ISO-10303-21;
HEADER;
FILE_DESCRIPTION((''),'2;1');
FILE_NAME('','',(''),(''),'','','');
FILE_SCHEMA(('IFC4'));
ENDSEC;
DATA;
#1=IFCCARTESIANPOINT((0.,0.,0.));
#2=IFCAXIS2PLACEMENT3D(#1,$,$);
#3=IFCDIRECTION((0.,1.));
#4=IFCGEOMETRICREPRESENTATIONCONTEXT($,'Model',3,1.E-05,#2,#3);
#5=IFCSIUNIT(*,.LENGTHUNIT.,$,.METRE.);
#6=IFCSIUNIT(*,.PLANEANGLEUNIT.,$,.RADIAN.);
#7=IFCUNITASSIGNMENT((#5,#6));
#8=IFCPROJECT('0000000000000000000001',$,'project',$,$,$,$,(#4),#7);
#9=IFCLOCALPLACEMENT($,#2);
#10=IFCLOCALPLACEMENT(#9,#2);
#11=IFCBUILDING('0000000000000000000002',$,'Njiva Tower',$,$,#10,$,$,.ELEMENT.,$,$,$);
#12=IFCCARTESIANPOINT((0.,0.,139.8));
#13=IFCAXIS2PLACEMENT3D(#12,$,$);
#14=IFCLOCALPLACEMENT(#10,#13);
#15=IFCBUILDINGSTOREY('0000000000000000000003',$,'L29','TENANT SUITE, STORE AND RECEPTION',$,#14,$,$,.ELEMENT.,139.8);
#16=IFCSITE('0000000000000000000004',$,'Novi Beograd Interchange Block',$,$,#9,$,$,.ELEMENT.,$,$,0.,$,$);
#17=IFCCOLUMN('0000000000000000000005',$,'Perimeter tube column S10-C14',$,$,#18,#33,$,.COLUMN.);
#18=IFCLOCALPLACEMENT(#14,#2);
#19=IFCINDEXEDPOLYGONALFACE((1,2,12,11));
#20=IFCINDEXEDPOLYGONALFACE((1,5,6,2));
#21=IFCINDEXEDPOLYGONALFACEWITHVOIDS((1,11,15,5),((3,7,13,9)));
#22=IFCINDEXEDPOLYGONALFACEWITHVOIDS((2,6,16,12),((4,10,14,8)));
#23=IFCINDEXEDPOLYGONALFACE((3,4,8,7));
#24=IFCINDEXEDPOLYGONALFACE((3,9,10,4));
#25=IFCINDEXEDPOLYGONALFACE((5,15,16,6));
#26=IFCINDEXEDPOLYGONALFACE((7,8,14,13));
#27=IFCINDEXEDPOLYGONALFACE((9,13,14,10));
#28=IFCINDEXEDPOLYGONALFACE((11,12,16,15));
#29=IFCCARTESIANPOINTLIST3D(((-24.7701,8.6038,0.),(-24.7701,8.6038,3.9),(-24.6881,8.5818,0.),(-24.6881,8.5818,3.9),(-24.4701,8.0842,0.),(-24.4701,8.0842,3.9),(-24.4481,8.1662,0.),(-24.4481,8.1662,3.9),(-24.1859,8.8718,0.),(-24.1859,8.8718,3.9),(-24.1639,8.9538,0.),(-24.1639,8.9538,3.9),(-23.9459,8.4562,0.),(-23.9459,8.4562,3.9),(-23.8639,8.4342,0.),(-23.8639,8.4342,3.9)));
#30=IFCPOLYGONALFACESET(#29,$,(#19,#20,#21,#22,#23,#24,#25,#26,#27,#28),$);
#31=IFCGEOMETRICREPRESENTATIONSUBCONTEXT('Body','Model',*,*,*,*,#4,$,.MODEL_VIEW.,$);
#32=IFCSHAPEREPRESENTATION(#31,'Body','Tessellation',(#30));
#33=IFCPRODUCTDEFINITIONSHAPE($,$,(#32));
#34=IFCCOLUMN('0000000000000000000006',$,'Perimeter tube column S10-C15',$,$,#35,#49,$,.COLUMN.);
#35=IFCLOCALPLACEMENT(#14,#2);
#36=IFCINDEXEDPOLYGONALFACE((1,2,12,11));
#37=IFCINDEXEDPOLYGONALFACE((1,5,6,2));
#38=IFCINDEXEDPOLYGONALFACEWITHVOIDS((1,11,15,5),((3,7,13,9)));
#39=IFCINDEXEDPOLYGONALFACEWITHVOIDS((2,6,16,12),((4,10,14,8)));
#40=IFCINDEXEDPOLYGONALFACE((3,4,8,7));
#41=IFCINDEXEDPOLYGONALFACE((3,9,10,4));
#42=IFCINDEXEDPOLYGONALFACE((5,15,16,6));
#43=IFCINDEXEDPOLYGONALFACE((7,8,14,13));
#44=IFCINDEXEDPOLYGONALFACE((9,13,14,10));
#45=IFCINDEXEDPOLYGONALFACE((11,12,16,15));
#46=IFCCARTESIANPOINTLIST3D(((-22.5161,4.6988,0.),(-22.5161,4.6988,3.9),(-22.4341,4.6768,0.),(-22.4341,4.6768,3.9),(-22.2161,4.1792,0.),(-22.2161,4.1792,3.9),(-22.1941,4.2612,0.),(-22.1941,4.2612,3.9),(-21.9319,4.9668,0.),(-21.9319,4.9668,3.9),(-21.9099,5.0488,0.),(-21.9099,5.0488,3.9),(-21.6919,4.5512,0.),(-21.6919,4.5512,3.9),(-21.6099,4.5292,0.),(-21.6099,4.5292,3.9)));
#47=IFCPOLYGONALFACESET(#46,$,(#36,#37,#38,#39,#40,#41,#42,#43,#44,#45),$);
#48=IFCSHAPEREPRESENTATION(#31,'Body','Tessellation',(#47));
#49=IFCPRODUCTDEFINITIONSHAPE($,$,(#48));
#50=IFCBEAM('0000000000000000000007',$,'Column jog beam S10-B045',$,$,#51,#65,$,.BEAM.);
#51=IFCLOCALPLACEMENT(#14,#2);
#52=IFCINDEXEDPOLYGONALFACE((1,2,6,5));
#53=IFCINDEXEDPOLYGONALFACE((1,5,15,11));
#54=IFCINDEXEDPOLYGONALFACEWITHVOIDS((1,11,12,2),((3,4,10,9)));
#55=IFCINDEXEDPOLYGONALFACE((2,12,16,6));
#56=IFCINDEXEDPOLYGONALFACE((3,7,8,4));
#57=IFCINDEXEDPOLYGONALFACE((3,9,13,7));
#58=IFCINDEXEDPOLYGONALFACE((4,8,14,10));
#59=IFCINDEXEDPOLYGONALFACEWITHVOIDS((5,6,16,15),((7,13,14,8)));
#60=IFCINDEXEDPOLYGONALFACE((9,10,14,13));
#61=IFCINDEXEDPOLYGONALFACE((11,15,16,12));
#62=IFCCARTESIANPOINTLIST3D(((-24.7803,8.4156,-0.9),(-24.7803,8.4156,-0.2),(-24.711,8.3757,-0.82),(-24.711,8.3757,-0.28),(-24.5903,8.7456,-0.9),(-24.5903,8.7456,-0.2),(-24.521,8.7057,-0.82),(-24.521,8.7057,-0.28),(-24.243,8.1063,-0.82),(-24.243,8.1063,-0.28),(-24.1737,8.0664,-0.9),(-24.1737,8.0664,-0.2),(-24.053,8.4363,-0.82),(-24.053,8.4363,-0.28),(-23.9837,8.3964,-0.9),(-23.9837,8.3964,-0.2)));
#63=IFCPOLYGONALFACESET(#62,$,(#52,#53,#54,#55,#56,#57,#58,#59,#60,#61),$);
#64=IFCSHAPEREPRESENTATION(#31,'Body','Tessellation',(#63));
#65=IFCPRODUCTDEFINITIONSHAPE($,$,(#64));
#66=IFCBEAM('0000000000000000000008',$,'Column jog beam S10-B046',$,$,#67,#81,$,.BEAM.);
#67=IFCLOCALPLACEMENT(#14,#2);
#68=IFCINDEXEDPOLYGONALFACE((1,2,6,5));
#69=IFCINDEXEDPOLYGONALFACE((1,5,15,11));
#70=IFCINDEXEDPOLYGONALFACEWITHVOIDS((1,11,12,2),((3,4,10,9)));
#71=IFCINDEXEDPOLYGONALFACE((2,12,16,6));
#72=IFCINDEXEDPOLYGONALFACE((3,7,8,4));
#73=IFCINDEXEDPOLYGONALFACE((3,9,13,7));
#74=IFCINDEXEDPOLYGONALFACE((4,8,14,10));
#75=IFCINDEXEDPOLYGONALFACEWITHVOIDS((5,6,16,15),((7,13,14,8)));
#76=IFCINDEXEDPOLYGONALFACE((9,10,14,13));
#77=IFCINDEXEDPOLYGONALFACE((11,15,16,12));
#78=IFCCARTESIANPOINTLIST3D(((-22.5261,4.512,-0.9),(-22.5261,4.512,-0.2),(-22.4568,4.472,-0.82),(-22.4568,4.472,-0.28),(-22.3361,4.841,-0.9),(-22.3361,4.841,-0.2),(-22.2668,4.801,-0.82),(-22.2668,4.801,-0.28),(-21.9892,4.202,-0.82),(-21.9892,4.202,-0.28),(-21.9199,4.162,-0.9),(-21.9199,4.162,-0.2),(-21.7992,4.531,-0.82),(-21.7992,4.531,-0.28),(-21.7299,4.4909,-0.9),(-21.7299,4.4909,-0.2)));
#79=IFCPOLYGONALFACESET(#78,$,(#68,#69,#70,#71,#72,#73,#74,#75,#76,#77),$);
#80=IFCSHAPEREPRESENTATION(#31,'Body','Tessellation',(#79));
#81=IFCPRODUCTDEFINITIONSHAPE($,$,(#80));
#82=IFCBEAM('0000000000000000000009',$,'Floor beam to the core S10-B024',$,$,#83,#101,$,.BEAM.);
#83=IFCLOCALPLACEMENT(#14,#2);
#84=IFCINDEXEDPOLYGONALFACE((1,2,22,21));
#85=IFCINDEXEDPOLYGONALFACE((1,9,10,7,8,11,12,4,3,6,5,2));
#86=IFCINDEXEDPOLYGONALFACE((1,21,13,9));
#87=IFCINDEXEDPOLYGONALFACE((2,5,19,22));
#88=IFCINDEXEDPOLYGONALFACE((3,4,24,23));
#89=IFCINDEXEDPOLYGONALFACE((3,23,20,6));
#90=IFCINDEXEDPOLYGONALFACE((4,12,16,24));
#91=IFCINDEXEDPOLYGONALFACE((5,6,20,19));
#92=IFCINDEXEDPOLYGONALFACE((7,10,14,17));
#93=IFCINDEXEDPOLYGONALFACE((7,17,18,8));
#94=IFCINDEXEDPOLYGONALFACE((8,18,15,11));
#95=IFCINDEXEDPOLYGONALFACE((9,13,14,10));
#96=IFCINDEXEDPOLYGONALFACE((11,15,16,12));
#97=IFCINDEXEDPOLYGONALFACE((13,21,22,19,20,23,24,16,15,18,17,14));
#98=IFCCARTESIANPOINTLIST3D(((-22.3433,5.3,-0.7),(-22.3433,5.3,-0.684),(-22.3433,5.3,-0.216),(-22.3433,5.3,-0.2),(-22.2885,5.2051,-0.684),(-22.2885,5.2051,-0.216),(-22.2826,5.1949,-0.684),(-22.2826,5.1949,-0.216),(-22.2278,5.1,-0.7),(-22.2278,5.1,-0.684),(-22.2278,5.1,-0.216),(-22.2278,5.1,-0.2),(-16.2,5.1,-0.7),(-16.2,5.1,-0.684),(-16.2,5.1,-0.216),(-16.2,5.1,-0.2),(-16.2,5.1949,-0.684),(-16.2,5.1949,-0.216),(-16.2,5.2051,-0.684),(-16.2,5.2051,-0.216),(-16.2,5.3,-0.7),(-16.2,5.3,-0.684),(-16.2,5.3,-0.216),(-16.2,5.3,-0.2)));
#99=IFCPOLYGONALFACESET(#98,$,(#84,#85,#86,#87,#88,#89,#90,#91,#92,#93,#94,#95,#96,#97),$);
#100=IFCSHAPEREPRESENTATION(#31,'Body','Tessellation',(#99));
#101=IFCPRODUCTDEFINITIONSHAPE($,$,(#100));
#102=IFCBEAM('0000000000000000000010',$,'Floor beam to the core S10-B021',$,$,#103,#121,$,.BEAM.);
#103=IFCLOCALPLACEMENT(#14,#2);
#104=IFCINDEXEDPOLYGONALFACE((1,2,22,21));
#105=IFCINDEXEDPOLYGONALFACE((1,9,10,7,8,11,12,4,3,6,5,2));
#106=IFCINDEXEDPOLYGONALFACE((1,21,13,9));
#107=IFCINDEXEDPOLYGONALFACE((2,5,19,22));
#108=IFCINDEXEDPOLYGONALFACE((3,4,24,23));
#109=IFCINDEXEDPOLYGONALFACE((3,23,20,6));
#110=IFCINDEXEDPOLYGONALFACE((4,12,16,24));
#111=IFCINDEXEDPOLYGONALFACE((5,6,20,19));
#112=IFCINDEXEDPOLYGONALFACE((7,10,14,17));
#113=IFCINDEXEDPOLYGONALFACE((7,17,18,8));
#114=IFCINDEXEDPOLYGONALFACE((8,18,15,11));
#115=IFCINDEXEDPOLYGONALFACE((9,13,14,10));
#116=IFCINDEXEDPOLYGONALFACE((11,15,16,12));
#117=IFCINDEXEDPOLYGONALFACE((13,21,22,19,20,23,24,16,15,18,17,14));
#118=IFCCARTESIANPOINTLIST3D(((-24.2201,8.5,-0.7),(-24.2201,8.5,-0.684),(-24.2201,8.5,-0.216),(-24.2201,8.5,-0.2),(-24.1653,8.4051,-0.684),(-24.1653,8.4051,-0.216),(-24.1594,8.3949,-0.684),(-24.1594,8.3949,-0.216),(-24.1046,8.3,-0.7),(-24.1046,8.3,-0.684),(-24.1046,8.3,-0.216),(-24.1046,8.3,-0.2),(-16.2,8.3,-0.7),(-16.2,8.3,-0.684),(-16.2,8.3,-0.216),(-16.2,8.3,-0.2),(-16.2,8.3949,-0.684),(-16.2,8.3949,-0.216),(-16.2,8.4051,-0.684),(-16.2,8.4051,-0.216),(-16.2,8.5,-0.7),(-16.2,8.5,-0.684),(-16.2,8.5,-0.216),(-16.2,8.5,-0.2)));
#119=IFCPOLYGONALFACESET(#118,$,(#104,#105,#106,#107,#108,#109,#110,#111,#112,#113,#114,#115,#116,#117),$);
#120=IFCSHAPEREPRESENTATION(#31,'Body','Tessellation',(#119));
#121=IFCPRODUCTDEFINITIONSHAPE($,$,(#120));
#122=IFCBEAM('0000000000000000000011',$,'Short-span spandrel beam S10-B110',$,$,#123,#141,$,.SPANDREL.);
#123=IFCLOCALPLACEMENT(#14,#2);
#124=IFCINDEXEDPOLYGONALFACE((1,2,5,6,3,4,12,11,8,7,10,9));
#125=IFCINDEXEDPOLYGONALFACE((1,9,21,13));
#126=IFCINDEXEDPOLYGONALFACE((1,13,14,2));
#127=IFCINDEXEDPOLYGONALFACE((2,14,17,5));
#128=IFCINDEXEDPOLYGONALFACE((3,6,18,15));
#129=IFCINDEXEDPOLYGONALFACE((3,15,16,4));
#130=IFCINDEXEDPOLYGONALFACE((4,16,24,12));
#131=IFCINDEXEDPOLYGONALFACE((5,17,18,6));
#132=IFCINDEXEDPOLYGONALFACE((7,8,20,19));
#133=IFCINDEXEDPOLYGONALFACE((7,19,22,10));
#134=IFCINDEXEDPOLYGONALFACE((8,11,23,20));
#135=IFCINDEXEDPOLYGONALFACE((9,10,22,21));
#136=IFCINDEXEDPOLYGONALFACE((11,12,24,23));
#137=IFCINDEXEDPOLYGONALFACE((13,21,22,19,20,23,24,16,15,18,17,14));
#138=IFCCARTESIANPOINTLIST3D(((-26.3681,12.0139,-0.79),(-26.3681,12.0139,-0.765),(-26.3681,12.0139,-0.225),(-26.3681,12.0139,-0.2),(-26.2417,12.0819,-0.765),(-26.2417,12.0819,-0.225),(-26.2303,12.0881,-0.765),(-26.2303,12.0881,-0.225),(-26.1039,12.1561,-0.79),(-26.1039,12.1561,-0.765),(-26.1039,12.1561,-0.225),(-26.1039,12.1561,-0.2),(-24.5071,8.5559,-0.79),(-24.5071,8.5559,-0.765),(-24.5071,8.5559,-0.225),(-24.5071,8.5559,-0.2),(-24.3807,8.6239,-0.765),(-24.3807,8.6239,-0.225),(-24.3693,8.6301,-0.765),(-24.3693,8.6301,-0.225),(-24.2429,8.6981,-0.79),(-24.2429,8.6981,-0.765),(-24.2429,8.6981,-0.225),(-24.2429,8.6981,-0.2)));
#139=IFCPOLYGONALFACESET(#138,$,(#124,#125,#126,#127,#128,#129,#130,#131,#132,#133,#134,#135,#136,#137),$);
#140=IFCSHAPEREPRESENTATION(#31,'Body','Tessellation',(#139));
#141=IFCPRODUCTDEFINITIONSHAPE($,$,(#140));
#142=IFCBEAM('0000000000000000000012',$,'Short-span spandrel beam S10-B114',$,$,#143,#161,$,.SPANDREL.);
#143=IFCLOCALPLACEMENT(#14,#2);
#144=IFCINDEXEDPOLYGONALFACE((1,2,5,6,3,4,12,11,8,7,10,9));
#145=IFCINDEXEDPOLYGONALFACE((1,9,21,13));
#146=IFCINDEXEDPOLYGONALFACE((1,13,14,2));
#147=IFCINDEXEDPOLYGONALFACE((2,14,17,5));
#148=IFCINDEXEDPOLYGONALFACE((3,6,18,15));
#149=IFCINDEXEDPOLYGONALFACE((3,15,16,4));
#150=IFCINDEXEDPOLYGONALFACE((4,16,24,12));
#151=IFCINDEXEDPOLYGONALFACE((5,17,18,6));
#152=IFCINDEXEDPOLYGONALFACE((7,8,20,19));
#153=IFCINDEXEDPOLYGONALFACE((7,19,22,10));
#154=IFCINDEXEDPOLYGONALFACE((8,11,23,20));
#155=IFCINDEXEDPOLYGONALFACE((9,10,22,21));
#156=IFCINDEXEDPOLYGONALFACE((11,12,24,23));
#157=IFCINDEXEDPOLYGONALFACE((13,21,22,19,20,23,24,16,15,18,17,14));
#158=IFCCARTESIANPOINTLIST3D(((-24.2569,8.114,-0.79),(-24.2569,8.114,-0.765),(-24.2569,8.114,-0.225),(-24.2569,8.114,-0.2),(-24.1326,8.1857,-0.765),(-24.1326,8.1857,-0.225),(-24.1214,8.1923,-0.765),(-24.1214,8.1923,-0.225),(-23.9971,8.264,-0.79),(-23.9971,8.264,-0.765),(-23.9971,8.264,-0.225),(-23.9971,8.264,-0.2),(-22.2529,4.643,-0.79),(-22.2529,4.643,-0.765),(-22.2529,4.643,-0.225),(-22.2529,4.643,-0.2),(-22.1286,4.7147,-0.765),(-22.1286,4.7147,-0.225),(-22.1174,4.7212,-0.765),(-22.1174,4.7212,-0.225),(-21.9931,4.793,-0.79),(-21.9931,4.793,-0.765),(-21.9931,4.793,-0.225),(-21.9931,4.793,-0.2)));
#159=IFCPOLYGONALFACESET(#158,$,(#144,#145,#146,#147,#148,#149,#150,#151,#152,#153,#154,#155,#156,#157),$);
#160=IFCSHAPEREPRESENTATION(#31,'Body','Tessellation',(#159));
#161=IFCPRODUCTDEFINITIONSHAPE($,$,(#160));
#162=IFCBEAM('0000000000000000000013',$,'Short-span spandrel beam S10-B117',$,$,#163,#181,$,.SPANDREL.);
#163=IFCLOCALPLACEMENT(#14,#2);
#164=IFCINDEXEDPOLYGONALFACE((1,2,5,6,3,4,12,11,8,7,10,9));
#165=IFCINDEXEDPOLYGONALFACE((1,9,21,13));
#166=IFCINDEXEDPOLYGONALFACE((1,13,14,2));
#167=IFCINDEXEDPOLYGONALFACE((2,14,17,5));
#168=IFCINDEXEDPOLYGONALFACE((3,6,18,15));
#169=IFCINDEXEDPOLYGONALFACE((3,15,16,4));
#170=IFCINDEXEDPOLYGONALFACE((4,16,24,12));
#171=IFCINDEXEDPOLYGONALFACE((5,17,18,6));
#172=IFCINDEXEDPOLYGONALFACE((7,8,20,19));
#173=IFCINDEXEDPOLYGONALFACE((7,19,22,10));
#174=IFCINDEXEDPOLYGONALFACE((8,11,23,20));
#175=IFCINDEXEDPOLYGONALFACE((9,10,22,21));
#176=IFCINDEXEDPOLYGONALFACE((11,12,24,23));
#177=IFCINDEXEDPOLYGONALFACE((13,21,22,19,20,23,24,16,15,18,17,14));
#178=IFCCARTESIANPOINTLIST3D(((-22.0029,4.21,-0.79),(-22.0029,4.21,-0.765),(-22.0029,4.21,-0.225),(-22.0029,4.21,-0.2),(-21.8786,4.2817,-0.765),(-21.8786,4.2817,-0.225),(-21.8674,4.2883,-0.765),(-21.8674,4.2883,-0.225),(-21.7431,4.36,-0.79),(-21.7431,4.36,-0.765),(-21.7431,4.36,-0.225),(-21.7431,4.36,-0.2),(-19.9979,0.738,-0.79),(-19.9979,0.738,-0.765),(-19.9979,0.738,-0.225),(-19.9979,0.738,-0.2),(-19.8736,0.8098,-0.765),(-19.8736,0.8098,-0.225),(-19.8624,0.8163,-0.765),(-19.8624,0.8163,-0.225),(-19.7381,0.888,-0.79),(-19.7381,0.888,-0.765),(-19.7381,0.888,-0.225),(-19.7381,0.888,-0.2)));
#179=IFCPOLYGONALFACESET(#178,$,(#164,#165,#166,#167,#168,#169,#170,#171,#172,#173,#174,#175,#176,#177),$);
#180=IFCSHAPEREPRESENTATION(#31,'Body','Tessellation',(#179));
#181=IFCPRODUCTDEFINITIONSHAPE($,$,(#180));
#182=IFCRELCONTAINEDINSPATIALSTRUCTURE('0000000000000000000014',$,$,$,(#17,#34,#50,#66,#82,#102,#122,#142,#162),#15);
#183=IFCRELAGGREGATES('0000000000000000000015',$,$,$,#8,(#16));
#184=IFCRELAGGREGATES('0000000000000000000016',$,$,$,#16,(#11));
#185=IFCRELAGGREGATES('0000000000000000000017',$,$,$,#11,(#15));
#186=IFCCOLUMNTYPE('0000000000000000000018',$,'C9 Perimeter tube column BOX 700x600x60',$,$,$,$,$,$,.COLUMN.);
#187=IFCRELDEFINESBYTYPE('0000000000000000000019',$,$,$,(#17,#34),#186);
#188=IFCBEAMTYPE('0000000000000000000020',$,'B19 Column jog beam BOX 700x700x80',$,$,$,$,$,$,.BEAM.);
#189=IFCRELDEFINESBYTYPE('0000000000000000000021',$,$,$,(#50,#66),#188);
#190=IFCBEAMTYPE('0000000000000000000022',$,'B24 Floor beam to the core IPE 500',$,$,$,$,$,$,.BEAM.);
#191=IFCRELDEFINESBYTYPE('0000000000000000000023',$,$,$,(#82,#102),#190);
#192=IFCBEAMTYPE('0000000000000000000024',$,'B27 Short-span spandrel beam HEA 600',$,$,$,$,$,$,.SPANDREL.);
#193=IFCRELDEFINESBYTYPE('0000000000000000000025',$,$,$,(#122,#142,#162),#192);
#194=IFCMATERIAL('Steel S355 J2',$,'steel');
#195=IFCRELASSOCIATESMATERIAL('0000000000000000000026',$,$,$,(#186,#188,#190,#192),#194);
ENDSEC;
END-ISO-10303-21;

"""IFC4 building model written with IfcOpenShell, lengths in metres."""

from ifc_helpers import new_model, si_unit, direction, frame, origin, origin_2d, place, context, subcontext, project, spatial, hollow_rectangle, i_section, extrude, clip, halfspace, material, material_profile, profile_set, type_object, element, save


model = new_model("IFC4")

# Units and contexts
model_context = context("Model", 3, precision=1e-05, world=origin(), true_north=direction((0.0, 1.0)))
body_context = subcontext(model_context, "Body", "Model", "MODEL_VIEW")
ifc_project = project(units=[si_unit("LENGTHUNIT", "METRE"), si_unit("PLANEANGLEUNIT", "RADIAN")], contexts=[model_context])

# Site, building, storey
site_placement = place(None, origin())
site = spatial("IfcSite", under=ifc_project, at=site_placement, Name="Novi Beograd Interchange Block", CompositionType="ELEMENT", RefElevation=0.0)
building_placement = place(site_placement, origin())
building = spatial("IfcBuilding", under=site, at=building_placement, Name="Njiva Tower", CompositionType="ELEMENT")
storey_placement = place(building_placement, frame((0.0, 0.0, 139.8)))
storey = spatial("IfcBuildingStorey", under=building, at=storey_placement, Name="L29", Description="TENANT SUITE, STORE AND RECEPTION", CompositionType="ELEMENT", Elevation=139.8)

# Columns
ifc_material_1 = material(Name="Steel S355 J2", Category="steel")
ifc_material_profile_1 = material_profile(ifc_material_1, hollow_rectangle(XDim=0.6, YDim=0.7, WallThickness=0.06, at=origin_2d()), Name="BOX 700x600x60")
ifc_profile_set_1 = profile_set([ifc_material_profile_1], Name="Steel S355 J2")
column_type = type_object("IfcColumnType", Name="C9 Perimeter tube column BOX 700x600x60", PredefinedType="COLUMN", material=ifc_profile_set_1)
for number, where, z_axis, x_axis, name in (
    (1, (-24.317, 8.519, 0.0), (0.0, 0.0, 1.0), (0.5, -0.866025, 0.0), "Perimeter tube column S10-C14"),
    (2, (-22.063, 4.614, 0.0), (0.0, 0.0, 1.0), (0.5, -0.866025, 0.0), "Perimeter tube column S10-C15"),
):
    element("IfcColumn", number, at=place(storey_placement, frame(where, z_axis=z_axis, x_axis=x_axis)), inside=storey, type_object=column_type, Name=name, PredefinedType="COLUMN", context=body_context, shape_type="SweptSolid", body=[
        extrude(hollow_rectangle(XDim=0.6, YDim=0.7, WallThickness=0.06, at=origin_2d()), origin(), (0.0, 0.0, 1.0), 3.9),
    ])

# Beams
ifc_material_profile_2 = material_profile(ifc_material_1, hollow_rectangle(XDim=0.7, YDim=0.7, WallThickness=0.08, at=origin_2d()), Name="BOX 700x700x80")
ifc_profile_set_2 = profile_set([ifc_material_profile_2], Name="Steel S355 J2")
beam_type_1 = type_object("IfcBeamType", Name="B19 Column jog beam BOX 700x700x80", PredefinedType="BEAM", material=ifc_profile_set_2)
beam_1_placement = place(storey_placement, frame((-24.477, 8.241, -0.55), z_axis=(0.498964, 0.866622, 0.0), x_axis=(-0.866622, 0.498964, 0.0)))
element("IfcBeam", 3, at=beam_1_placement, inside=storey, type_object=beam_type_1, Name="Column jog beam S10-B045", PredefinedType="BEAM", context=body_context, shape_type="SweptSolid", body=[
    extrude(hollow_rectangle(XDim=0.7, YDim=0.7, WallThickness=0.08, at=origin_2d()), origin(), (0.0, 0.0, 1.0), 0.3808),
])
beam_2_placement = place(storey_placement, frame((-22.223, 4.337, -0.55), z_axis=(0.500102, 0.865966, 0.0), x_axis=(-0.865966, 0.500102, 0.0)))
element("IfcBeam", 4, at=beam_2_placement, inside=storey, type_object=beam_type_1, Name="Column jog beam S10-B046", PredefinedType="BEAM", context=body_context, shape_type="SweptSolid", body=[
    extrude(hollow_rectangle(XDim=0.7, YDim=0.7, WallThickness=0.08, at=origin_2d()), origin(), (0.0, 0.0, 1.0), 0.3799),
])
ifc_material_profile_3 = material_profile(ifc_material_1, i_section(OverallWidth=0.2, OverallDepth=0.5, WebThickness=0.0102, FlangeThickness=0.016, at=origin_2d()), Name="IPE 500")
ifc_profile_set_3 = profile_set([ifc_material_profile_3], Name="Steel S355 J2")
beam_type_2 = type_object("IfcBeamType", Name="B24 Floor beam to the core IPE 500", PredefinedType="BEAM", material=ifc_profile_set_3)
beam_3_placement = place(storey_placement, frame((-22.364, 5.2, -0.45), z_axis=(1.0, 0.0, 0.0), x_axis=(0.0, 1.0, 0.0)))
element("IfcBeam", 5, at=beam_3_placement, inside=storey, type_object=beam_type_2, Name="Floor beam to the core S10-B024", PredefinedType="BEAM", context=body_context, shape_type="Clipping", body=[
    clip(extrude(i_section(OverallWidth=0.2, OverallDepth=0.5, WebThickness=0.0102, FlangeThickness=0.016, at=origin_2d()), origin(), (0.0, 0.0, 1.0), 6.164), halfspace(frame((-0.025, 0.0, 0.0929), z_axis=(-0.499998, 0.0, -0.866027), x_axis=(0.0, -1.0, 0.0)), False)),
])
beam_4_placement = place(storey_placement, frame((-24.24, 8.4, -0.45), z_axis=(1.0, 0.0, 0.0), x_axis=(0.0, 1.0, 0.0)))
element("IfcBeam", 6, at=beam_4_placement, inside=storey, type_object=beam_type_2, Name="Floor beam to the core S10-B021", PredefinedType="BEAM", context=body_context, shape_type="Clipping", body=[
    clip(extrude(i_section(OverallWidth=0.2, OverallDepth=0.5, WebThickness=0.0102, FlangeThickness=0.016, at=origin_2d()), origin(), (0.0, 0.0, 1.0), 8.04), halfspace(frame((-0.025, 0.0, 0.0921), z_axis=(-0.499998, 0.0, -0.866027), x_axis=(0.0, -1.0, 0.0)), False)),
])
ifc_material_profile_4 = material_profile(ifc_material_1, i_section(OverallWidth=0.3, OverallDepth=0.59, WebThickness=0.013, FlangeThickness=0.025, at=origin_2d()), Name="HEA 600")
ifc_profile_set_4 = profile_set([ifc_material_profile_4], Name="Steel S355 J2")
beam_type_3 = type_object("IfcBeamType", Name="B27 Short-span spandrel beam HEA 600", PredefinedType="SPANDREL", material=ifc_profile_set_4)
beam_5_placement = place(storey_placement, frame((-26.236, 12.085, -0.495), z_axis=(0.473902, -0.880577, 0.0), x_axis=(0.880577, 0.473902, 0.0)))
element("IfcBeam", 7, at=beam_5_placement, inside=storey, type_object=beam_type_3, Name="Short-span spandrel beam S10-B110", PredefinedType="SPANDREL", context=body_context, shape_type="SweptSolid", body=[
    extrude(i_section(OverallWidth=0.3, OverallDepth=0.59, WebThickness=0.013, FlangeThickness=0.025, at=origin_2d()), origin(), (0.0, 0.0, 1.0), 3.927),
])
beam_6_placement = place(storey_placement, frame((-24.127, 8.189, -0.495), z_axis=(0.500003, -0.866024, 0.0), x_axis=(0.866024, 0.500003, 0.0)))
element("IfcBeam", 8, at=beam_6_placement, inside=storey, type_object=beam_type_3, Name="Short-span spandrel beam S10-B114", PredefinedType="SPANDREL", context=body_context, shape_type="SweptSolid", body=[
    extrude(i_section(OverallWidth=0.3, OverallDepth=0.59, WebThickness=0.013, FlangeThickness=0.025, at=origin_2d()), origin(), (0.0, 0.0, 1.0), 4.008),
])
beam_7_placement = place(storey_placement, frame((-21.873, 4.285, -0.495), z_axis=(0.500082, -0.865978, 0.0), x_axis=(0.865978, 0.500082, 0.0)))
element("IfcBeam", 9, at=beam_7_placement, inside=storey, type_object=beam_type_3, Name="Short-span spandrel beam S10-B117", PredefinedType="SPANDREL", context=body_context, shape_type="SweptSolid", body=[
    extrude(i_section(OverallWidth=0.3, OverallDepth=0.59, WebThickness=0.013, FlangeThickness=0.025, at=origin_2d()), origin(), (0.0, 0.0, 1.0), 4.0093),
])

save(model, "model.ifc")
